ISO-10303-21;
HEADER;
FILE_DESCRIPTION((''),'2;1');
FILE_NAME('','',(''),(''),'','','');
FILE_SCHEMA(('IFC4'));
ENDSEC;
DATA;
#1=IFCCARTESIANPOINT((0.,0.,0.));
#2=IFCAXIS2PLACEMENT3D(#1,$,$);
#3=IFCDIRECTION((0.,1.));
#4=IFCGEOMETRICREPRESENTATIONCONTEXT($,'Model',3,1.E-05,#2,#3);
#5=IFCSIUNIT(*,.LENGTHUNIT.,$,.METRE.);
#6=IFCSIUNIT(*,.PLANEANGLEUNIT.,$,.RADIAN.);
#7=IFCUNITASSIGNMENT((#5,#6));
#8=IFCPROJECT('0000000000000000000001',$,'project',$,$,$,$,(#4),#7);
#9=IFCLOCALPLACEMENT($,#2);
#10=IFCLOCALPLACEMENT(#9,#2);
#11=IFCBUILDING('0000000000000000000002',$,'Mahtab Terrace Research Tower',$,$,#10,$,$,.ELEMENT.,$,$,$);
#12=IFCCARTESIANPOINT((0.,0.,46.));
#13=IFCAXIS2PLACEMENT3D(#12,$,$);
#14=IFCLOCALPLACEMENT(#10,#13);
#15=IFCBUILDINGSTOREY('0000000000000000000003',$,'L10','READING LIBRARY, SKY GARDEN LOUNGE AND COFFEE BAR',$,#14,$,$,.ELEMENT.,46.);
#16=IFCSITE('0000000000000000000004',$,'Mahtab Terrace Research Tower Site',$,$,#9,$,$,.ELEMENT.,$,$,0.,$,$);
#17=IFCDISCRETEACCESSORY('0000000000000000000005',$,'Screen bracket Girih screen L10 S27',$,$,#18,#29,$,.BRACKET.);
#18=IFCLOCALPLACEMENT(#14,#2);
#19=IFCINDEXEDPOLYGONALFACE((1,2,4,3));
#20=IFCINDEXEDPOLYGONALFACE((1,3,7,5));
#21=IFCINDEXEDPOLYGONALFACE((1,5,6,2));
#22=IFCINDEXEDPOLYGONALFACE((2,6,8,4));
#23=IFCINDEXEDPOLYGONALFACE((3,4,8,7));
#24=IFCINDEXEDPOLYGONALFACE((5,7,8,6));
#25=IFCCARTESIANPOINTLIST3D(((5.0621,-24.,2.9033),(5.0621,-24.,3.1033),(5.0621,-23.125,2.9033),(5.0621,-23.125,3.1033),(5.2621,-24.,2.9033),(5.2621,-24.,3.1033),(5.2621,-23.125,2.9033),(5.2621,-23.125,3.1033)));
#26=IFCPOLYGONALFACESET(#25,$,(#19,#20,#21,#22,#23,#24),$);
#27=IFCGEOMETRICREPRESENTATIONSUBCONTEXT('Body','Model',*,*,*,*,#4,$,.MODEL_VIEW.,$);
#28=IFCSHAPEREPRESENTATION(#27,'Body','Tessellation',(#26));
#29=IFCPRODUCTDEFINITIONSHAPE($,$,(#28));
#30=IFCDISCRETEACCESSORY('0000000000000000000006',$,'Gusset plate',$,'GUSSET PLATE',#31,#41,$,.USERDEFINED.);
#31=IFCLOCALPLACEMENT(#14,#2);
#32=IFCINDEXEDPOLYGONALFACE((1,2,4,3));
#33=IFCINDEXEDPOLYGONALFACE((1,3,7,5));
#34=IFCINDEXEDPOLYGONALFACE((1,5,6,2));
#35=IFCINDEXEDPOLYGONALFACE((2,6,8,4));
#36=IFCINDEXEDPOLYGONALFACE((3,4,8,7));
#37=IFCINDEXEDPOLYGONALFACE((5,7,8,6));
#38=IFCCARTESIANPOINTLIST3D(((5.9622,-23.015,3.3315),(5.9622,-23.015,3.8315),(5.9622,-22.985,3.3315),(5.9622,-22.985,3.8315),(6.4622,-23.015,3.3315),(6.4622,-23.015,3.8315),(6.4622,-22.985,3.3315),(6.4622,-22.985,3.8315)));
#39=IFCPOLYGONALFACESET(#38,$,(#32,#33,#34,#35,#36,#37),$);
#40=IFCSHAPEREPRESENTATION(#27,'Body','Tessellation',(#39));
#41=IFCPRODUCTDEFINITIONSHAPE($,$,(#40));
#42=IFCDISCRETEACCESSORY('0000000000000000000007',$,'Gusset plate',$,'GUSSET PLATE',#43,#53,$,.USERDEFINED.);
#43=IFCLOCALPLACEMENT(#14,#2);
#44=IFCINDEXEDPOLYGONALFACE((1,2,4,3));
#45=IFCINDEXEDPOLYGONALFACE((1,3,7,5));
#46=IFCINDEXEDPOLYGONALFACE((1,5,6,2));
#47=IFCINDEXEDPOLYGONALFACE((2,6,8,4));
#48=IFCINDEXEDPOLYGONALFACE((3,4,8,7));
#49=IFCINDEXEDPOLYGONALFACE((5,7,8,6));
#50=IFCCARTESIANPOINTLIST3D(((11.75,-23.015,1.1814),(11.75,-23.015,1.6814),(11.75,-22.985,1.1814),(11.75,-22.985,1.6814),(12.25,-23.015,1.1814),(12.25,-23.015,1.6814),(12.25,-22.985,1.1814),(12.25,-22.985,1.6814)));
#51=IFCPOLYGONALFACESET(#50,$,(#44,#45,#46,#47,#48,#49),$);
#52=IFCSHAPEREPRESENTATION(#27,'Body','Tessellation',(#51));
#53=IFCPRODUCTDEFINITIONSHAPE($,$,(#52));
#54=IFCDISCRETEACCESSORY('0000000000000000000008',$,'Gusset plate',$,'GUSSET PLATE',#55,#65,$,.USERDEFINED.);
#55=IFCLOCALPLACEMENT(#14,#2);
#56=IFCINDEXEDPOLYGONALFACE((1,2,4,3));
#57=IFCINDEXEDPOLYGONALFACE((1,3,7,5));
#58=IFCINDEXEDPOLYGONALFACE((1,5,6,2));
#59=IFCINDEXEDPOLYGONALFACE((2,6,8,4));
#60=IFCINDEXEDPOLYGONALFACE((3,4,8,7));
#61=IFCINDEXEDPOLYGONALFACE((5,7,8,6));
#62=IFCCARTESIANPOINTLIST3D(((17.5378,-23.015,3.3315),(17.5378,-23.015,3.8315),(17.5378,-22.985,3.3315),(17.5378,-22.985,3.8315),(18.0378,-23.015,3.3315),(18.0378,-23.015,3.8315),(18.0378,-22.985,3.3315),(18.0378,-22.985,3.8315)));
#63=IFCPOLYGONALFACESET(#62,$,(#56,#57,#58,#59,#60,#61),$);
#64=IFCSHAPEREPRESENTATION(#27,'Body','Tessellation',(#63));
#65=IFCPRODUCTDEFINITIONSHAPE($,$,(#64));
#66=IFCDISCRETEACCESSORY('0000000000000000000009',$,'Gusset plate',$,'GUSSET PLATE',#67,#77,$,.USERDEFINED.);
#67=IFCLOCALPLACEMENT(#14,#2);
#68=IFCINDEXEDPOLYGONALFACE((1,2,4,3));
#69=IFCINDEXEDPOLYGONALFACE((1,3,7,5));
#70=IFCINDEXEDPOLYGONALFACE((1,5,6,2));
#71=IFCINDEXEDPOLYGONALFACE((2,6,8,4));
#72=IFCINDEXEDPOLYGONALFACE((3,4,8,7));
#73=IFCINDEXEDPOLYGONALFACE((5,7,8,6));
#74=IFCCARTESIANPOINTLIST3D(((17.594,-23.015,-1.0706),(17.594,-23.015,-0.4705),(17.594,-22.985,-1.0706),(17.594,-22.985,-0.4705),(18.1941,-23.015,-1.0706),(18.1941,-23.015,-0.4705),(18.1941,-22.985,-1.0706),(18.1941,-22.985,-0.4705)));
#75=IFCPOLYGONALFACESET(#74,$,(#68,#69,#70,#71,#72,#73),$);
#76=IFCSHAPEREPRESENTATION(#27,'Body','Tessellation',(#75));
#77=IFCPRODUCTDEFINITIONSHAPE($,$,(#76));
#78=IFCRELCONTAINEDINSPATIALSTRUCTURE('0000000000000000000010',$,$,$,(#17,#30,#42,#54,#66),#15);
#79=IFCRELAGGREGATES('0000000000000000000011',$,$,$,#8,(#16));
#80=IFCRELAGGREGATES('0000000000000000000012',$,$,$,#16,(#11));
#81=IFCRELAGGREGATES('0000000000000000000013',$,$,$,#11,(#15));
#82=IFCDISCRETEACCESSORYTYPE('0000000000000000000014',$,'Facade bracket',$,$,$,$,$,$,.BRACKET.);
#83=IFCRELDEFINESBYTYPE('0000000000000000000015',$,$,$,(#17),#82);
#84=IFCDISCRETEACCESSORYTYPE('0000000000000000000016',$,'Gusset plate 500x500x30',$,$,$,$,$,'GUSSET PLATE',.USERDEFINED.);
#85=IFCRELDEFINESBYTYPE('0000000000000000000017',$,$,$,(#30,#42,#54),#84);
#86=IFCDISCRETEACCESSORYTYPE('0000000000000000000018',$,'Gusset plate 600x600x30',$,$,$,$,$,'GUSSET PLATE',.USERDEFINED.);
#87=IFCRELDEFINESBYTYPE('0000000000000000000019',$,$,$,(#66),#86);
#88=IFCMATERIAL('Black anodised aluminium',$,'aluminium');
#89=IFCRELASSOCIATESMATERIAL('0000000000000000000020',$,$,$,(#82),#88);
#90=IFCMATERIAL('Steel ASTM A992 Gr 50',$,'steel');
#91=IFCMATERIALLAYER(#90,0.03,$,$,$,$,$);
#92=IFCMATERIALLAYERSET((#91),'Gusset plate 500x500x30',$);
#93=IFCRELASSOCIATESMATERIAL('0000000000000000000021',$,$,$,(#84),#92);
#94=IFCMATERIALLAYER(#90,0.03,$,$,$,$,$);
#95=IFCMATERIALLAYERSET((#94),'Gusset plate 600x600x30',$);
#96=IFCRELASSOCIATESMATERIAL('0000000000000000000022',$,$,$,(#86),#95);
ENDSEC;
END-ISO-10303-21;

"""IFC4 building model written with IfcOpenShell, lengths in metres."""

from ifc_helpers import new_model, si_unit, direction, frame, origin, origin_2d, place, context, subcontext, project, spatial, rectangle, extrude, material, layer, layer_set, type_object, element, save


model = new_model("IFC4")

# Units and contexts
model_context = context("Model", 3, precision=1e-05, world=origin(), true_north=direction((0.0, 1.0)))
body_context = subcontext(model_context, "Body", "Model", "MODEL_VIEW")
ifc_project = project(units=[si_unit("LENGTHUNIT", "METRE"), si_unit("PLANEANGLEUNIT", "RADIAN")], contexts=[model_context])

# Site, building, storey
site_placement = place(None, origin())
site = spatial("IfcSite", under=ifc_project, at=site_placement, Name="Mahtab Terrace Research Tower Site", CompositionType="ELEMENT", RefElevation=0.0)
building_placement = place(site_placement, origin())
building = spatial("IfcBuilding", under=site, at=building_placement, Name="Mahtab Terrace Research Tower", CompositionType="ELEMENT")
storey_placement = place(building_placement, frame((0.0, 0.0, 46.0)))
storey = spatial("IfcBuildingStorey", under=building, at=storey_placement, Name="L10", Description="READING LIBRARY, SKY GARDEN LOUNGE AND COFFEE BAR", CompositionType="ELEMENT", Elevation=46.0)

# Shared definitions
ifc_material_1 = material(Name="Steel ASTM A992 Gr 50", Category="steel")

# Discrete accessories
ifc_material_2 = material(Name="Black anodised aluminium", Category="aluminium")
discrete_accessory_type_1 = type_object("IfcDiscreteAccessoryType", Name="Facade bracket", PredefinedType="BRACKET", material=ifc_material_2)
discrete_accessory_1_placement = place(storey_placement, frame((5.1621, -23.5625, 2.9033), z_axis=(0.0, 0.0, 1.0), x_axis=(1.0, 0.0, 0.0)))
element("IfcDiscreteAccessory", 1, at=discrete_accessory_1_placement, inside=storey, type_object=discrete_accessory_type_1, Name="Screen bracket Girih screen L10 S27", PredefinedType="BRACKET", context=body_context, shape_type="SweptSolid", body=[
    extrude(rectangle(XDim=0.2, YDim=0.875, at=origin_2d()), origin(), (0.0, 0.0, 1.0), 0.2),
])
ifc_layer_1 = layer(ifc_material_1, 0.03)
ifc_layer_set_1 = layer_set([ifc_layer_1], Name="Gusset plate 500x500x30")
discrete_accessory_type_2 = type_object("IfcDiscreteAccessoryType", Name="Gusset plate 500x500x30", ElementType="GUSSET PLATE", PredefinedType="USERDEFINED", material=ifc_layer_set_1)
for number, where, z_axis, x_axis, name in (
    (2, (6.2122, -23.0, 3.3315), (0.0, 0.0, 1.0), (1.0, 0.0, 0.0), "Gusset plate"),
    (3, (12.0, -23.0, 1.1814), (0.0, 0.0, 1.0), (1.0, 0.0, 0.0), "Gusset plate"),
    (4, (17.7878, -23.0, 3.3315), (0.0, 0.0, 1.0), (1.0, 0.0, 0.0), "Gusset plate"),
):
    element("IfcDiscreteAccessory", number, at=place(storey_placement, frame(where, z_axis=z_axis, x_axis=x_axis)), inside=storey, type_object=discrete_accessory_type_2, Name=name, ObjectType="GUSSET PLATE", PredefinedType="USERDEFINED", context=body_context, shape_type="SweptSolid", body=[
        extrude(rectangle(XDim=0.5, YDim=0.03, at=origin_2d()), origin(), (0.0, 0.0, 1.0), 0.5),
    ])
ifc_layer_2 = layer(ifc_material_1, 0.03)
ifc_layer_set_2 = layer_set([ifc_layer_2], Name="Gusset plate 600x600x30")
discrete_accessory_type_3 = type_object("IfcDiscreteAccessoryType", Name="Gusset plate 600x600x30", ElementType="GUSSET PLATE", PredefinedType="USERDEFINED", material=ifc_layer_set_2)
discrete_accessory_2_placement = place(storey_placement, frame((17.894, -23.0, -1.0706), z_axis=(0.0, 0.0, 1.0), x_axis=(1.0, 0.0, 0.0)))
element("IfcDiscreteAccessory", 5, at=discrete_accessory_2_placement, inside=storey, type_object=discrete_accessory_type_3, Name="Gusset plate", ObjectType="GUSSET PLATE", PredefinedType="USERDEFINED", context=body_context, shape_type="SweptSolid", body=[
    extrude(rectangle(XDim=0.6001, YDim=0.03, at=origin_2d()), origin(), (0.0, 0.0, 1.0), 0.6001),
])

save(model, "model.ifc")
